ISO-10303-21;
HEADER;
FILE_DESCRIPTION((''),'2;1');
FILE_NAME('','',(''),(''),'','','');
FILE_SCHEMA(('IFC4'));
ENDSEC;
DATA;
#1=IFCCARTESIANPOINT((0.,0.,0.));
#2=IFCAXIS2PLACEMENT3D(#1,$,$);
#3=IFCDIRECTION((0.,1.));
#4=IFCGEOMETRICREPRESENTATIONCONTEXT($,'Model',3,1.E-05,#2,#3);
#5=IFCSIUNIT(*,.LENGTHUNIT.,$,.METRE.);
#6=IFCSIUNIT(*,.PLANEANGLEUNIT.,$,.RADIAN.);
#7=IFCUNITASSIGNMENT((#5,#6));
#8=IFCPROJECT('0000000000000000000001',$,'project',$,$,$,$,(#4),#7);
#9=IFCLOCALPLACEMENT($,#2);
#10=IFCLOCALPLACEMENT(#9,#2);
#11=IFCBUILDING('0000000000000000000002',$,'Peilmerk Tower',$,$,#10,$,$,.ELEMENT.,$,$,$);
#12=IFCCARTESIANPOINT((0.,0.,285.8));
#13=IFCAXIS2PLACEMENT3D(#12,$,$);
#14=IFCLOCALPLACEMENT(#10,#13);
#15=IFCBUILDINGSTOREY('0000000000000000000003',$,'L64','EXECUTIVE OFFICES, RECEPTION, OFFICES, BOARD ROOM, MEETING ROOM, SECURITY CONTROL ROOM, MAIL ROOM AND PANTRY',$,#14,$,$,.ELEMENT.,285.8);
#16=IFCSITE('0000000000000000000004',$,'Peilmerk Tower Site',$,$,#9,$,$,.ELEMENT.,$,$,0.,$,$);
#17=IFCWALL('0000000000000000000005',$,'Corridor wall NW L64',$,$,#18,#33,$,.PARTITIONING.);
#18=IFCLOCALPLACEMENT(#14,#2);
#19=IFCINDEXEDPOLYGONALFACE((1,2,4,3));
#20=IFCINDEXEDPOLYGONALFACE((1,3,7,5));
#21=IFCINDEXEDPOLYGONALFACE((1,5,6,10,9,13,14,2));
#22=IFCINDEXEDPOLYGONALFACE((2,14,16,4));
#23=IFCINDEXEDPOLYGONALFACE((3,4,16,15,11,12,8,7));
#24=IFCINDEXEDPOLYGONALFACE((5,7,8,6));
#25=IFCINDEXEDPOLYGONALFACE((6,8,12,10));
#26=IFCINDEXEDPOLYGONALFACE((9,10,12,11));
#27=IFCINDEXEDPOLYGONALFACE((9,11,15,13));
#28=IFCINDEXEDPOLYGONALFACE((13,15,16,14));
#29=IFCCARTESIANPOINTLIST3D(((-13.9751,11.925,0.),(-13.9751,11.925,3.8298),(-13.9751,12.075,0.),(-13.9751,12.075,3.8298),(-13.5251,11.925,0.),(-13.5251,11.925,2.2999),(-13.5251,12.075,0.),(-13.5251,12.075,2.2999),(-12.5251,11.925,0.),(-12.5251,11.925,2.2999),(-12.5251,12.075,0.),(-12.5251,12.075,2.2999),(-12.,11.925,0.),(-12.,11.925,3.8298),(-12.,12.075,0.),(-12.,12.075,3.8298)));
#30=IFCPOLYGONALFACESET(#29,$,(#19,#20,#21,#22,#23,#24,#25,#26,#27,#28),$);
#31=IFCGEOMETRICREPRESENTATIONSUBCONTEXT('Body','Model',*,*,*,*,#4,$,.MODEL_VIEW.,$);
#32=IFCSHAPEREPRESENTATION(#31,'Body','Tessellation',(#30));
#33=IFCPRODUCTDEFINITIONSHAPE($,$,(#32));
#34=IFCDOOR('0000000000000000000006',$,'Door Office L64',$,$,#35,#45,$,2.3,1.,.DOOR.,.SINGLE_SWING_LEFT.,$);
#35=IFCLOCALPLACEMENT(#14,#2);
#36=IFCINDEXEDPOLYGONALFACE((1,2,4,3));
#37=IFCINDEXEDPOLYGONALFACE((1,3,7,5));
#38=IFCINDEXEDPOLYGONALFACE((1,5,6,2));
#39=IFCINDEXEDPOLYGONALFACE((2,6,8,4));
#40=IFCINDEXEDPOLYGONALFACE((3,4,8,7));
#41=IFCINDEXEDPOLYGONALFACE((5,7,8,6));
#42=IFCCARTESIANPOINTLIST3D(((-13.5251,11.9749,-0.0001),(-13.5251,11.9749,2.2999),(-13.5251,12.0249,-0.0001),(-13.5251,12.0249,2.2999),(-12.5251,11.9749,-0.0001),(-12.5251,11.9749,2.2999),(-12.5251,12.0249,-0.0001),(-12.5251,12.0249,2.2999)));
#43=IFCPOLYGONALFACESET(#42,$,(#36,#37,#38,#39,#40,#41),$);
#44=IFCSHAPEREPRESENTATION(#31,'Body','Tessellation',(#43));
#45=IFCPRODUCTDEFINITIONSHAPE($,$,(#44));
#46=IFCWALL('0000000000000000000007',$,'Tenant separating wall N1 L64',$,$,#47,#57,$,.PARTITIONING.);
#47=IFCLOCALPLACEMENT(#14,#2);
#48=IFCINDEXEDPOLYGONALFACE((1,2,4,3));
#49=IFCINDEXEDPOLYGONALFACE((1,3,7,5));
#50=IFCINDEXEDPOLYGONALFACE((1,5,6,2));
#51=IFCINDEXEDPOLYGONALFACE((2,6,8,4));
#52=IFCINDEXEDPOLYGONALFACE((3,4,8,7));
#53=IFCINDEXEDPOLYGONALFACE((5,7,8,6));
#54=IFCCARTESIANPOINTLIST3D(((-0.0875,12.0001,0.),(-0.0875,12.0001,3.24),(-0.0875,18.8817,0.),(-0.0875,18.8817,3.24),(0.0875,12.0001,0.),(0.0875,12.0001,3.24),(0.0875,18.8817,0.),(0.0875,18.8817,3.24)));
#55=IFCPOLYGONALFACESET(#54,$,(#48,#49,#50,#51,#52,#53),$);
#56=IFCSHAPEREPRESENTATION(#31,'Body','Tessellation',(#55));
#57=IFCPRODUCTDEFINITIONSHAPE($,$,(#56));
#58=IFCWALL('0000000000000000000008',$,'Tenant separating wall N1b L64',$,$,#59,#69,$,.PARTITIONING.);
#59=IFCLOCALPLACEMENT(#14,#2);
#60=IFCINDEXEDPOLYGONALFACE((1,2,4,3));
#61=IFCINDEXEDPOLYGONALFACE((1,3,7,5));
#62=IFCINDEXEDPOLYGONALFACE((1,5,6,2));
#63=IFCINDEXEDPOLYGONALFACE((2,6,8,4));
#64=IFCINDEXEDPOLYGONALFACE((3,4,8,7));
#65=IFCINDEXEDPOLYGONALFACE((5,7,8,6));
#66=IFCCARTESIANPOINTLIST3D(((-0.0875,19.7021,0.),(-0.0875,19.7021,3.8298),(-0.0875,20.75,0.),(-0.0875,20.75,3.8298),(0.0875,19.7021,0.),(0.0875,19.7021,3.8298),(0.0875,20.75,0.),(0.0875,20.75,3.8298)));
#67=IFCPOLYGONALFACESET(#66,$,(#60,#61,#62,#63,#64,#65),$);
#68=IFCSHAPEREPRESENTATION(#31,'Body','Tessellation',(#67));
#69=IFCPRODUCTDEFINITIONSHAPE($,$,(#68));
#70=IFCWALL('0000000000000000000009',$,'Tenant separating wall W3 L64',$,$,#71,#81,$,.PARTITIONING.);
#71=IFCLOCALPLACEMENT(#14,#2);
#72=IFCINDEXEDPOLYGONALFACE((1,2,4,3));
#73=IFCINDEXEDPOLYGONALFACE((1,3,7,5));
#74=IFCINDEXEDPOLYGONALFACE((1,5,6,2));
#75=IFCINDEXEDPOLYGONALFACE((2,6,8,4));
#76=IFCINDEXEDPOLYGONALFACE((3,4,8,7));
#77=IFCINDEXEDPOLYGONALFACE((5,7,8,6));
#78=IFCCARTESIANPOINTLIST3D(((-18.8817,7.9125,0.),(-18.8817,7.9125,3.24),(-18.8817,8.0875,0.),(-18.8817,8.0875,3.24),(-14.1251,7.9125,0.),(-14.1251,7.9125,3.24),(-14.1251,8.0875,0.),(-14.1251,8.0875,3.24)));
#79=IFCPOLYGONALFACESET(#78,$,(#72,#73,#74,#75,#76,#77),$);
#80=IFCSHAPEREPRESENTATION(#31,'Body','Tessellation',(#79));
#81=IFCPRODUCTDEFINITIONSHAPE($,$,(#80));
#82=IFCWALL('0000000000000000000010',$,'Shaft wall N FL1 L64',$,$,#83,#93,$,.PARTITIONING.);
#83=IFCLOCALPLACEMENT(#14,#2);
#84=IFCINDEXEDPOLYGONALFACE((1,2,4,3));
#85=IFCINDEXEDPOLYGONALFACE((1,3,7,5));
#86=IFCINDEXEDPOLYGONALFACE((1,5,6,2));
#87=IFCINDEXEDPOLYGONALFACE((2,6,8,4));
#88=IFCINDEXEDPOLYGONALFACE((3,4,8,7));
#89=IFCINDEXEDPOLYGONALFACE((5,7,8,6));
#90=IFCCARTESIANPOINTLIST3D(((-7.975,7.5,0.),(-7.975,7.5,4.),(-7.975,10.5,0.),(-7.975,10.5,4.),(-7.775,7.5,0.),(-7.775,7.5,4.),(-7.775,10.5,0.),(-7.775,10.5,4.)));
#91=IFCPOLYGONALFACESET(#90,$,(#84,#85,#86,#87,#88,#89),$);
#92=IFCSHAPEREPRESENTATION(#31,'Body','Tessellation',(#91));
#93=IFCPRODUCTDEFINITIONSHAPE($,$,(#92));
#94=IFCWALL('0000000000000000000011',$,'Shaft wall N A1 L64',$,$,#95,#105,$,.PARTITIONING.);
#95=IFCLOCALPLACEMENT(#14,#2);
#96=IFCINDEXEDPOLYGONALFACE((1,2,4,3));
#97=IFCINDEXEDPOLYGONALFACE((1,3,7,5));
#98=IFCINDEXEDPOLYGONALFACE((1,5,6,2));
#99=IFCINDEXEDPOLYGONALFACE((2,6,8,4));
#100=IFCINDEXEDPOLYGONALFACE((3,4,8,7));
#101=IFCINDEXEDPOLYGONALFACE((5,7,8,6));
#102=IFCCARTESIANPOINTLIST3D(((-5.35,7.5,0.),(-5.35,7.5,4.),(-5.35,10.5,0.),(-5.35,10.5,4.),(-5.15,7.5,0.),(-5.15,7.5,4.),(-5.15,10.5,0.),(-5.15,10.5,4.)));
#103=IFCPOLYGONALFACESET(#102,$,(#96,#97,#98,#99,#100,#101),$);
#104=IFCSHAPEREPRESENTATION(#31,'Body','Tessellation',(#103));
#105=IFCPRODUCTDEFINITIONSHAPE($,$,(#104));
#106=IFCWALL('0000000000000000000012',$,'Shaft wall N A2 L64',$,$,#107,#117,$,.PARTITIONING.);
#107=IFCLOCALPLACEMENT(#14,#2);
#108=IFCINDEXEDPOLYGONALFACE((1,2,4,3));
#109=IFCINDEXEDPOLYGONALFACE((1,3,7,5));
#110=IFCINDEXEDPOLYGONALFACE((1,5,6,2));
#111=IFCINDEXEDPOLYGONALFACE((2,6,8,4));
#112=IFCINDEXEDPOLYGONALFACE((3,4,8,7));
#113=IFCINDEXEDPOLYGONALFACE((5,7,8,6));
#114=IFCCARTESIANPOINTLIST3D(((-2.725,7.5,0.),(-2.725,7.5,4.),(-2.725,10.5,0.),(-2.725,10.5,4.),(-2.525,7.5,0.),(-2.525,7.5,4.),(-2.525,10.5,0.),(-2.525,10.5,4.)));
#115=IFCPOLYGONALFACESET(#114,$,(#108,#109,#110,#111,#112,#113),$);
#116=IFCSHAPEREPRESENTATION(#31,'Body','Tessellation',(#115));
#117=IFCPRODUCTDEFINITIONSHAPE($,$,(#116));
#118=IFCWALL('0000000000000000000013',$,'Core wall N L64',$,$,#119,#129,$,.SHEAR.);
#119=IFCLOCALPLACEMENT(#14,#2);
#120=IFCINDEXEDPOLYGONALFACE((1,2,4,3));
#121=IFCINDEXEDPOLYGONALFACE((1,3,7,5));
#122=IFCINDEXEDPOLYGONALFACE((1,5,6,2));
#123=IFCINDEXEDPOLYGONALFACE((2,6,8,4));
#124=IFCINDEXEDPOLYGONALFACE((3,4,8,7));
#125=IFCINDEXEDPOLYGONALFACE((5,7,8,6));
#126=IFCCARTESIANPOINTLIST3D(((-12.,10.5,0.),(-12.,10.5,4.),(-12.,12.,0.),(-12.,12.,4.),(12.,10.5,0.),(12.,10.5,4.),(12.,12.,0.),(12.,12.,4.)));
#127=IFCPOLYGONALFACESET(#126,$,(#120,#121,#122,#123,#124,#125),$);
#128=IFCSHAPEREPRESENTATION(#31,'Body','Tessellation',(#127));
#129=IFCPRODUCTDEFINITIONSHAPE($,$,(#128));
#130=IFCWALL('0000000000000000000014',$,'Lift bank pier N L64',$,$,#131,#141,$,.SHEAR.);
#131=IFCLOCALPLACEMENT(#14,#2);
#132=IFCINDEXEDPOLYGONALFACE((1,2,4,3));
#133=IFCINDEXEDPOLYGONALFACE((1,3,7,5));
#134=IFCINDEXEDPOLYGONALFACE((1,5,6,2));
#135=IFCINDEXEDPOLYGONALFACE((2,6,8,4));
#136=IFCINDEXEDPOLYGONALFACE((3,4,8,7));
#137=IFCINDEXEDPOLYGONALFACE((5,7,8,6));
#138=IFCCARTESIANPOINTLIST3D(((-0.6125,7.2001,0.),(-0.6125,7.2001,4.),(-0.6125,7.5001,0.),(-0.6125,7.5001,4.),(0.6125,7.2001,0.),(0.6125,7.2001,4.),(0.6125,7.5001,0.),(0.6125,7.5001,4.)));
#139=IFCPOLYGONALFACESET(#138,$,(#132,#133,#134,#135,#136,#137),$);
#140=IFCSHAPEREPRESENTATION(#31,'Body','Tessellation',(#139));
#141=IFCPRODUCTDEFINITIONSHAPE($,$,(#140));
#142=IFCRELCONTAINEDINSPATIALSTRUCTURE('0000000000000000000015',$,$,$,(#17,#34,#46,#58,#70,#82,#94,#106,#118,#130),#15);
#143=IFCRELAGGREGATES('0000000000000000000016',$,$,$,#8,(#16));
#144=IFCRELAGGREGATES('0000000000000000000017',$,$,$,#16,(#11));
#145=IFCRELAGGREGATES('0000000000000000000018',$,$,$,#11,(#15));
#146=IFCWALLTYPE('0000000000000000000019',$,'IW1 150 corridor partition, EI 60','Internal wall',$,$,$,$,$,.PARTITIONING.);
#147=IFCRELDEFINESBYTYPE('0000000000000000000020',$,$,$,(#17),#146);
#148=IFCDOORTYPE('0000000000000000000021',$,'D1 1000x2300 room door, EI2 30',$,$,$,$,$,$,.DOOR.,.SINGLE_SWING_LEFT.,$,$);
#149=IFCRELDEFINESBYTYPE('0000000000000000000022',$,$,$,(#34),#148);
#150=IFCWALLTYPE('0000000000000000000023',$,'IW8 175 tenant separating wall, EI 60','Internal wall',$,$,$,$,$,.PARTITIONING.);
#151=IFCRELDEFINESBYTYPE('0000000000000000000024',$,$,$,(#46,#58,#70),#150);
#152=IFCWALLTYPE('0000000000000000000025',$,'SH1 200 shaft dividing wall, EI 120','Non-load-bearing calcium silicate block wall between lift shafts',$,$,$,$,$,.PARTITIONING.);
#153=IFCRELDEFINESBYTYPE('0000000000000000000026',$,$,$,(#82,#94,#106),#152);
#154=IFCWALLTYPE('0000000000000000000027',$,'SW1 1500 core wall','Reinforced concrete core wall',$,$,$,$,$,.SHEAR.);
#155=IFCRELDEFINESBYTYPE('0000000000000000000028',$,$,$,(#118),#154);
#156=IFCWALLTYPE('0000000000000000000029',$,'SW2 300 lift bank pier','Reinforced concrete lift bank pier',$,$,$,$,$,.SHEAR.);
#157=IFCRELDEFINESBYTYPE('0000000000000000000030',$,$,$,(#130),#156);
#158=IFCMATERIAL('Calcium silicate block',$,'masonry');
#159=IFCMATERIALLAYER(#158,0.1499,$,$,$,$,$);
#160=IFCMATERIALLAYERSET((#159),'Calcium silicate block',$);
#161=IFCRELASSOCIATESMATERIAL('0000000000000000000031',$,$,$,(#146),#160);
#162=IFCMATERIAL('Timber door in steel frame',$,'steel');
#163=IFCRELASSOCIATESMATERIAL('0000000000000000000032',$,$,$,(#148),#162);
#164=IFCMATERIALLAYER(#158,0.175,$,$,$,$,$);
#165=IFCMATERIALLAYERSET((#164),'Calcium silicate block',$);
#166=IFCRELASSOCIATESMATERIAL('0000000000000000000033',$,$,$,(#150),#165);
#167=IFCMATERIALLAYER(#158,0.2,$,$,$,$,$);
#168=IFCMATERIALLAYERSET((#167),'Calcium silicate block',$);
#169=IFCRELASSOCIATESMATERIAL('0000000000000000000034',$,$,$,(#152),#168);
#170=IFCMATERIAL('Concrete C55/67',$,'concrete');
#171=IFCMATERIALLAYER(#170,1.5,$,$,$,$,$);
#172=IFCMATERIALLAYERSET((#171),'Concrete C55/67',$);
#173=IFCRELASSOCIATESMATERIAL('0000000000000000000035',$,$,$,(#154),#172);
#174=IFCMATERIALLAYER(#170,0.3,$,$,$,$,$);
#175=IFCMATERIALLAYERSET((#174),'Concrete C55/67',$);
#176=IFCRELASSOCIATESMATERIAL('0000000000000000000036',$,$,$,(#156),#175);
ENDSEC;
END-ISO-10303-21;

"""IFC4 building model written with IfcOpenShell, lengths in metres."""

from ifc_helpers import new_model, si_unit, direction, frame, frame_2d, origin, place, context, subcontext, project, spatial, rectangle, extrude, material, layer, layer_set, type_object, element, fill, save


model = new_model("IFC4")

# Units and contexts
model_context = context("Model", 3, precision=1e-05, world=origin(), true_north=direction((0.0, 1.0)))
body_context = subcontext(model_context, "Body", "Model", "MODEL_VIEW")
ifc_project = project(units=[si_unit("LENGTHUNIT", "METRE"), si_unit("PLANEANGLEUNIT", "RADIAN")], contexts=[model_context])

# Site, building, storey
site_placement = place(None, origin())
site = spatial("IfcSite", under=ifc_project, at=site_placement, Name="Peilmerk Tower Site", CompositionType="ELEMENT", RefElevation=0.0)
building_placement = place(site_placement, origin())
building = spatial("IfcBuilding", under=site, at=building_placement, Name="Peilmerk Tower", CompositionType="ELEMENT")
storey_placement = place(building_placement, frame((0.0, 0.0, 285.8)))
storey = spatial("IfcBuildingStorey", under=building, at=storey_placement, Name="L64", Description="EXECUTIVE OFFICES, RECEPTION, OFFICES, BOARD ROOM, MEETING ROOM, SECURITY CONTROL ROOM, MAIL ROOM AND PANTRY", CompositionType="ELEMENT", Elevation=285.8)

# Shared definitions
ifc_material_1 = material(Name="Calcium silicate block", Category="masonry")
ifc_layer_1 = layer(ifc_material_1, 0.1499)
ifc_layer_set_1 = layer_set([ifc_layer_1], Name="Calcium silicate block")
wall_type_1 = type_object("IfcWallType", Name="IW1 150 corridor partition, EI 60", Description="Internal wall", PredefinedType="PARTITIONING", material=ifc_layer_set_1)
ifc_material_2 = material(Name="Timber door in steel frame", Category="steel")
door_type_1 = type_object("IfcDoorType", Name="D1 1000x2300 room door, EI2 30", OperationType="SINGLE_SWING_LEFT", PredefinedType="DOOR", material=ifc_material_2)

# Wall, opening, door
wall_1_placement = place(storey_placement, frame((-13.9751, 12.0, 0.0), z_axis=(0.0, 0.0, 1.0), x_axis=(1.0, 0.0, 0.0)))
wall_1 = element("IfcWall", 1, at=wall_1_placement, inside=storey, type_object=wall_type_1, Name="Corridor wall NW L64", PredefinedType="PARTITIONING", context=body_context, shape_type="SweptSolid", body=[
    extrude(rectangle(XDim=1.9751, YDim=0.1499, at=frame_2d((0.9875, 0.0))), origin(), (0.0, 0.0, 1.0), 3.8298),
])
opening_1_placement = place(wall_1_placement, frame((0.45, 0.0, 0.0)))
opening_1 = element("IfcOpeningElement", 2, at=opening_1_placement, cuts=wall_1, PredefinedType="OPENING", context=body_context, shape_type="SweptSolid", body=[
    extrude(rectangle(XDim=1.0, YDim=2.3, at=frame_2d((0.5, 1.1499))), frame((0.0, 0.085, 0.0), z_axis=(0.0, -1.0, 0.0), x_axis=(1.0, 0.0, 0.0)), (0.0, 0.0, 1.0), 0.1699),
])
door_1_placement = place(opening_1_placement, origin())
door_1 = element("IfcDoor", 3, at=door_1_placement, inside=storey, type_object=door_type_1, Name="Door Office L64", OperationType="SINGLE_SWING_LEFT", OverallHeight=2.3, OverallWidth=1.0, PredefinedType="DOOR", context=body_context, shape_type="SweptSolid", body=[
    extrude(rectangle(XDim=1.0, YDim=2.3, at=frame_2d((0.5, 1.1499))), frame((0.0, 0.0249, 0.0), z_axis=(0.0, -1.0, 0.0), x_axis=(1.0, 0.0, 0.0)), (0.0, 0.0, 1.0), 0.05),
])
fill(opening_1, door_1)

# Walls
ifc_layer_2 = layer(ifc_material_1, 0.175)
ifc_layer_set_2 = layer_set([ifc_layer_2], Name="Calcium silicate block")
wall_type_2 = type_object("IfcWallType", Name="IW8 175 tenant separating wall, EI 60", Description="Internal wall", PredefinedType="PARTITIONING", material=ifc_layer_set_2)
wall_2_placement = place(storey_placement, frame((0.0, 12.0, 0.0), z_axis=(0.0, 0.0, 1.0), x_axis=(0.0, 1.0, 0.0)))
element("IfcWall", 4, at=wall_2_placement, inside=storey, type_object=wall_type_2, Name="Tenant separating wall N1 L64", PredefinedType="PARTITIONING", context=body_context, shape_type="SweptSolid", body=[
    extrude(rectangle(XDim=6.8816, YDim=0.175, at=frame_2d((3.4409, 0.0))), origin(), (0.0, 0.0, 1.0), 3.24),
])
wall_3_placement = place(storey_placement, frame((0.0, 19.7021, 0.0), z_axis=(0.0, 0.0, 1.0), x_axis=(0.0, 1.0, 0.0)))
element("IfcWall", 5, at=wall_3_placement, inside=storey, type_object=wall_type_2, Name="Tenant separating wall N1b L64", PredefinedType="PARTITIONING", context=body_context, shape_type="SweptSolid", body=[
    extrude(rectangle(XDim=1.0479, YDim=0.175, at=frame_2d((0.5239, 0.0))), origin(), (0.0, 0.0, 1.0), 3.8298),
])
wall_4_placement = place(storey_placement, frame((-14.125, 8.0, 0.0), z_axis=(0.0, 0.0, 1.0), x_axis=(-1.0, 0.0, 0.0)))
element("IfcWall", 6, at=wall_4_placement, inside=storey, type_object=wall_type_2, Name="Tenant separating wall W3 L64", PredefinedType="PARTITIONING", context=body_context, shape_type="SweptSolid", body=[
    extrude(rectangle(XDim=4.7566, YDim=0.175, at=frame_2d((2.3784, 0.0))), origin(), (0.0, 0.0, 1.0), 3.24),
])
ifc_layer_3 = layer(ifc_material_1, 0.2)
ifc_layer_set_3 = layer_set([ifc_layer_3], Name="Calcium silicate block")
wall_type_3 = type_object("IfcWallType", Name="SH1 200 shaft dividing wall, EI 120", Description="Non-load-bearing calcium silicate block wall between lift shafts", PredefinedType="PARTITIONING", material=ifc_layer_set_3)
for number, where, z_axis, x_axis, name in (
    (7, (-7.875, 7.5, 0.0), (0.0, 0.0, 1.0), (0.0, 1.0, 0.0), "Shaft wall N FL1 L64"),
    (8, (-5.25, 7.5, 0.0), (0.0, 0.0, 1.0), (0.0, 1.0, 0.0), "Shaft wall N A1 L64"),
    (9, (-2.625, 7.5, 0.0), (0.0, 0.0, 1.0), (0.0, 1.0, 0.0), "Shaft wall N A2 L64"),
):
    element("IfcWall", number, at=place(storey_placement, frame(where, z_axis=z_axis, x_axis=x_axis)), inside=storey, type_object=wall_type_3, Name=name, PredefinedType="PARTITIONING", context=body_context, shape_type="SweptSolid", body=[
        extrude(rectangle(XDim=3.0, YDim=0.2, at=frame_2d((1.5, 0.0))), origin(), (0.0, 0.0, 1.0), 4.0),
    ])
ifc_material_3 = material(Name="Concrete C55/67", Category="concrete")
ifc_layer_4 = layer(ifc_material_3, 1.5)
ifc_layer_set_4 = layer_set([ifc_layer_4], Name="Concrete C55/67")
wall_type_4 = type_object("IfcWallType", Name="SW1 1500 core wall", Description="Reinforced concrete core wall", PredefinedType="SHEAR", material=ifc_layer_set_4)
wall_5_placement = place(storey_placement, frame((-12.0, 11.25, 0.0), z_axis=(0.0, 0.0, 1.0), x_axis=(1.0, 0.0, 0.0)))
element("IfcWall", 10, at=wall_5_placement, inside=storey, type_object=wall_type_4, Name="Core wall N L64", PredefinedType="SHEAR", context=body_context, shape_type="SweptSolid", body=[
    extrude(rectangle(XDim=24.0, YDim=1.5, at=frame_2d((12.0, 0.0))), origin(), (0.0, 0.0, 1.0), 4.0),
])
ifc_layer_5 = layer(ifc_material_3, 0.3)
ifc_layer_set_5 = layer_set([ifc_layer_5], Name="Concrete C55/67")
wall_type_5 = type_object("IfcWallType", Name="SW2 300 lift bank pier", Description="Reinforced concrete lift bank pier", PredefinedType="SHEAR", material=ifc_layer_set_5)
wall_6_placement = place(storey_placement, frame((-0.6125, 7.3501, 0.0), z_axis=(0.0, 0.0, 1.0), x_axis=(1.0, 0.0, 0.0)))
element("IfcWall", 11, at=wall_6_placement, inside=storey, type_object=wall_type_5, Name="Lift bank pier N L64", PredefinedType="SHEAR", context=body_context, shape_type="SweptSolid", body=[
    extrude(rectangle(XDim=1.2251, YDim=0.3, at=frame_2d((0.6125, 0.0))), origin(), (0.0, 0.0, 1.0), 4.0),
])

save(model, "model.ifc")
